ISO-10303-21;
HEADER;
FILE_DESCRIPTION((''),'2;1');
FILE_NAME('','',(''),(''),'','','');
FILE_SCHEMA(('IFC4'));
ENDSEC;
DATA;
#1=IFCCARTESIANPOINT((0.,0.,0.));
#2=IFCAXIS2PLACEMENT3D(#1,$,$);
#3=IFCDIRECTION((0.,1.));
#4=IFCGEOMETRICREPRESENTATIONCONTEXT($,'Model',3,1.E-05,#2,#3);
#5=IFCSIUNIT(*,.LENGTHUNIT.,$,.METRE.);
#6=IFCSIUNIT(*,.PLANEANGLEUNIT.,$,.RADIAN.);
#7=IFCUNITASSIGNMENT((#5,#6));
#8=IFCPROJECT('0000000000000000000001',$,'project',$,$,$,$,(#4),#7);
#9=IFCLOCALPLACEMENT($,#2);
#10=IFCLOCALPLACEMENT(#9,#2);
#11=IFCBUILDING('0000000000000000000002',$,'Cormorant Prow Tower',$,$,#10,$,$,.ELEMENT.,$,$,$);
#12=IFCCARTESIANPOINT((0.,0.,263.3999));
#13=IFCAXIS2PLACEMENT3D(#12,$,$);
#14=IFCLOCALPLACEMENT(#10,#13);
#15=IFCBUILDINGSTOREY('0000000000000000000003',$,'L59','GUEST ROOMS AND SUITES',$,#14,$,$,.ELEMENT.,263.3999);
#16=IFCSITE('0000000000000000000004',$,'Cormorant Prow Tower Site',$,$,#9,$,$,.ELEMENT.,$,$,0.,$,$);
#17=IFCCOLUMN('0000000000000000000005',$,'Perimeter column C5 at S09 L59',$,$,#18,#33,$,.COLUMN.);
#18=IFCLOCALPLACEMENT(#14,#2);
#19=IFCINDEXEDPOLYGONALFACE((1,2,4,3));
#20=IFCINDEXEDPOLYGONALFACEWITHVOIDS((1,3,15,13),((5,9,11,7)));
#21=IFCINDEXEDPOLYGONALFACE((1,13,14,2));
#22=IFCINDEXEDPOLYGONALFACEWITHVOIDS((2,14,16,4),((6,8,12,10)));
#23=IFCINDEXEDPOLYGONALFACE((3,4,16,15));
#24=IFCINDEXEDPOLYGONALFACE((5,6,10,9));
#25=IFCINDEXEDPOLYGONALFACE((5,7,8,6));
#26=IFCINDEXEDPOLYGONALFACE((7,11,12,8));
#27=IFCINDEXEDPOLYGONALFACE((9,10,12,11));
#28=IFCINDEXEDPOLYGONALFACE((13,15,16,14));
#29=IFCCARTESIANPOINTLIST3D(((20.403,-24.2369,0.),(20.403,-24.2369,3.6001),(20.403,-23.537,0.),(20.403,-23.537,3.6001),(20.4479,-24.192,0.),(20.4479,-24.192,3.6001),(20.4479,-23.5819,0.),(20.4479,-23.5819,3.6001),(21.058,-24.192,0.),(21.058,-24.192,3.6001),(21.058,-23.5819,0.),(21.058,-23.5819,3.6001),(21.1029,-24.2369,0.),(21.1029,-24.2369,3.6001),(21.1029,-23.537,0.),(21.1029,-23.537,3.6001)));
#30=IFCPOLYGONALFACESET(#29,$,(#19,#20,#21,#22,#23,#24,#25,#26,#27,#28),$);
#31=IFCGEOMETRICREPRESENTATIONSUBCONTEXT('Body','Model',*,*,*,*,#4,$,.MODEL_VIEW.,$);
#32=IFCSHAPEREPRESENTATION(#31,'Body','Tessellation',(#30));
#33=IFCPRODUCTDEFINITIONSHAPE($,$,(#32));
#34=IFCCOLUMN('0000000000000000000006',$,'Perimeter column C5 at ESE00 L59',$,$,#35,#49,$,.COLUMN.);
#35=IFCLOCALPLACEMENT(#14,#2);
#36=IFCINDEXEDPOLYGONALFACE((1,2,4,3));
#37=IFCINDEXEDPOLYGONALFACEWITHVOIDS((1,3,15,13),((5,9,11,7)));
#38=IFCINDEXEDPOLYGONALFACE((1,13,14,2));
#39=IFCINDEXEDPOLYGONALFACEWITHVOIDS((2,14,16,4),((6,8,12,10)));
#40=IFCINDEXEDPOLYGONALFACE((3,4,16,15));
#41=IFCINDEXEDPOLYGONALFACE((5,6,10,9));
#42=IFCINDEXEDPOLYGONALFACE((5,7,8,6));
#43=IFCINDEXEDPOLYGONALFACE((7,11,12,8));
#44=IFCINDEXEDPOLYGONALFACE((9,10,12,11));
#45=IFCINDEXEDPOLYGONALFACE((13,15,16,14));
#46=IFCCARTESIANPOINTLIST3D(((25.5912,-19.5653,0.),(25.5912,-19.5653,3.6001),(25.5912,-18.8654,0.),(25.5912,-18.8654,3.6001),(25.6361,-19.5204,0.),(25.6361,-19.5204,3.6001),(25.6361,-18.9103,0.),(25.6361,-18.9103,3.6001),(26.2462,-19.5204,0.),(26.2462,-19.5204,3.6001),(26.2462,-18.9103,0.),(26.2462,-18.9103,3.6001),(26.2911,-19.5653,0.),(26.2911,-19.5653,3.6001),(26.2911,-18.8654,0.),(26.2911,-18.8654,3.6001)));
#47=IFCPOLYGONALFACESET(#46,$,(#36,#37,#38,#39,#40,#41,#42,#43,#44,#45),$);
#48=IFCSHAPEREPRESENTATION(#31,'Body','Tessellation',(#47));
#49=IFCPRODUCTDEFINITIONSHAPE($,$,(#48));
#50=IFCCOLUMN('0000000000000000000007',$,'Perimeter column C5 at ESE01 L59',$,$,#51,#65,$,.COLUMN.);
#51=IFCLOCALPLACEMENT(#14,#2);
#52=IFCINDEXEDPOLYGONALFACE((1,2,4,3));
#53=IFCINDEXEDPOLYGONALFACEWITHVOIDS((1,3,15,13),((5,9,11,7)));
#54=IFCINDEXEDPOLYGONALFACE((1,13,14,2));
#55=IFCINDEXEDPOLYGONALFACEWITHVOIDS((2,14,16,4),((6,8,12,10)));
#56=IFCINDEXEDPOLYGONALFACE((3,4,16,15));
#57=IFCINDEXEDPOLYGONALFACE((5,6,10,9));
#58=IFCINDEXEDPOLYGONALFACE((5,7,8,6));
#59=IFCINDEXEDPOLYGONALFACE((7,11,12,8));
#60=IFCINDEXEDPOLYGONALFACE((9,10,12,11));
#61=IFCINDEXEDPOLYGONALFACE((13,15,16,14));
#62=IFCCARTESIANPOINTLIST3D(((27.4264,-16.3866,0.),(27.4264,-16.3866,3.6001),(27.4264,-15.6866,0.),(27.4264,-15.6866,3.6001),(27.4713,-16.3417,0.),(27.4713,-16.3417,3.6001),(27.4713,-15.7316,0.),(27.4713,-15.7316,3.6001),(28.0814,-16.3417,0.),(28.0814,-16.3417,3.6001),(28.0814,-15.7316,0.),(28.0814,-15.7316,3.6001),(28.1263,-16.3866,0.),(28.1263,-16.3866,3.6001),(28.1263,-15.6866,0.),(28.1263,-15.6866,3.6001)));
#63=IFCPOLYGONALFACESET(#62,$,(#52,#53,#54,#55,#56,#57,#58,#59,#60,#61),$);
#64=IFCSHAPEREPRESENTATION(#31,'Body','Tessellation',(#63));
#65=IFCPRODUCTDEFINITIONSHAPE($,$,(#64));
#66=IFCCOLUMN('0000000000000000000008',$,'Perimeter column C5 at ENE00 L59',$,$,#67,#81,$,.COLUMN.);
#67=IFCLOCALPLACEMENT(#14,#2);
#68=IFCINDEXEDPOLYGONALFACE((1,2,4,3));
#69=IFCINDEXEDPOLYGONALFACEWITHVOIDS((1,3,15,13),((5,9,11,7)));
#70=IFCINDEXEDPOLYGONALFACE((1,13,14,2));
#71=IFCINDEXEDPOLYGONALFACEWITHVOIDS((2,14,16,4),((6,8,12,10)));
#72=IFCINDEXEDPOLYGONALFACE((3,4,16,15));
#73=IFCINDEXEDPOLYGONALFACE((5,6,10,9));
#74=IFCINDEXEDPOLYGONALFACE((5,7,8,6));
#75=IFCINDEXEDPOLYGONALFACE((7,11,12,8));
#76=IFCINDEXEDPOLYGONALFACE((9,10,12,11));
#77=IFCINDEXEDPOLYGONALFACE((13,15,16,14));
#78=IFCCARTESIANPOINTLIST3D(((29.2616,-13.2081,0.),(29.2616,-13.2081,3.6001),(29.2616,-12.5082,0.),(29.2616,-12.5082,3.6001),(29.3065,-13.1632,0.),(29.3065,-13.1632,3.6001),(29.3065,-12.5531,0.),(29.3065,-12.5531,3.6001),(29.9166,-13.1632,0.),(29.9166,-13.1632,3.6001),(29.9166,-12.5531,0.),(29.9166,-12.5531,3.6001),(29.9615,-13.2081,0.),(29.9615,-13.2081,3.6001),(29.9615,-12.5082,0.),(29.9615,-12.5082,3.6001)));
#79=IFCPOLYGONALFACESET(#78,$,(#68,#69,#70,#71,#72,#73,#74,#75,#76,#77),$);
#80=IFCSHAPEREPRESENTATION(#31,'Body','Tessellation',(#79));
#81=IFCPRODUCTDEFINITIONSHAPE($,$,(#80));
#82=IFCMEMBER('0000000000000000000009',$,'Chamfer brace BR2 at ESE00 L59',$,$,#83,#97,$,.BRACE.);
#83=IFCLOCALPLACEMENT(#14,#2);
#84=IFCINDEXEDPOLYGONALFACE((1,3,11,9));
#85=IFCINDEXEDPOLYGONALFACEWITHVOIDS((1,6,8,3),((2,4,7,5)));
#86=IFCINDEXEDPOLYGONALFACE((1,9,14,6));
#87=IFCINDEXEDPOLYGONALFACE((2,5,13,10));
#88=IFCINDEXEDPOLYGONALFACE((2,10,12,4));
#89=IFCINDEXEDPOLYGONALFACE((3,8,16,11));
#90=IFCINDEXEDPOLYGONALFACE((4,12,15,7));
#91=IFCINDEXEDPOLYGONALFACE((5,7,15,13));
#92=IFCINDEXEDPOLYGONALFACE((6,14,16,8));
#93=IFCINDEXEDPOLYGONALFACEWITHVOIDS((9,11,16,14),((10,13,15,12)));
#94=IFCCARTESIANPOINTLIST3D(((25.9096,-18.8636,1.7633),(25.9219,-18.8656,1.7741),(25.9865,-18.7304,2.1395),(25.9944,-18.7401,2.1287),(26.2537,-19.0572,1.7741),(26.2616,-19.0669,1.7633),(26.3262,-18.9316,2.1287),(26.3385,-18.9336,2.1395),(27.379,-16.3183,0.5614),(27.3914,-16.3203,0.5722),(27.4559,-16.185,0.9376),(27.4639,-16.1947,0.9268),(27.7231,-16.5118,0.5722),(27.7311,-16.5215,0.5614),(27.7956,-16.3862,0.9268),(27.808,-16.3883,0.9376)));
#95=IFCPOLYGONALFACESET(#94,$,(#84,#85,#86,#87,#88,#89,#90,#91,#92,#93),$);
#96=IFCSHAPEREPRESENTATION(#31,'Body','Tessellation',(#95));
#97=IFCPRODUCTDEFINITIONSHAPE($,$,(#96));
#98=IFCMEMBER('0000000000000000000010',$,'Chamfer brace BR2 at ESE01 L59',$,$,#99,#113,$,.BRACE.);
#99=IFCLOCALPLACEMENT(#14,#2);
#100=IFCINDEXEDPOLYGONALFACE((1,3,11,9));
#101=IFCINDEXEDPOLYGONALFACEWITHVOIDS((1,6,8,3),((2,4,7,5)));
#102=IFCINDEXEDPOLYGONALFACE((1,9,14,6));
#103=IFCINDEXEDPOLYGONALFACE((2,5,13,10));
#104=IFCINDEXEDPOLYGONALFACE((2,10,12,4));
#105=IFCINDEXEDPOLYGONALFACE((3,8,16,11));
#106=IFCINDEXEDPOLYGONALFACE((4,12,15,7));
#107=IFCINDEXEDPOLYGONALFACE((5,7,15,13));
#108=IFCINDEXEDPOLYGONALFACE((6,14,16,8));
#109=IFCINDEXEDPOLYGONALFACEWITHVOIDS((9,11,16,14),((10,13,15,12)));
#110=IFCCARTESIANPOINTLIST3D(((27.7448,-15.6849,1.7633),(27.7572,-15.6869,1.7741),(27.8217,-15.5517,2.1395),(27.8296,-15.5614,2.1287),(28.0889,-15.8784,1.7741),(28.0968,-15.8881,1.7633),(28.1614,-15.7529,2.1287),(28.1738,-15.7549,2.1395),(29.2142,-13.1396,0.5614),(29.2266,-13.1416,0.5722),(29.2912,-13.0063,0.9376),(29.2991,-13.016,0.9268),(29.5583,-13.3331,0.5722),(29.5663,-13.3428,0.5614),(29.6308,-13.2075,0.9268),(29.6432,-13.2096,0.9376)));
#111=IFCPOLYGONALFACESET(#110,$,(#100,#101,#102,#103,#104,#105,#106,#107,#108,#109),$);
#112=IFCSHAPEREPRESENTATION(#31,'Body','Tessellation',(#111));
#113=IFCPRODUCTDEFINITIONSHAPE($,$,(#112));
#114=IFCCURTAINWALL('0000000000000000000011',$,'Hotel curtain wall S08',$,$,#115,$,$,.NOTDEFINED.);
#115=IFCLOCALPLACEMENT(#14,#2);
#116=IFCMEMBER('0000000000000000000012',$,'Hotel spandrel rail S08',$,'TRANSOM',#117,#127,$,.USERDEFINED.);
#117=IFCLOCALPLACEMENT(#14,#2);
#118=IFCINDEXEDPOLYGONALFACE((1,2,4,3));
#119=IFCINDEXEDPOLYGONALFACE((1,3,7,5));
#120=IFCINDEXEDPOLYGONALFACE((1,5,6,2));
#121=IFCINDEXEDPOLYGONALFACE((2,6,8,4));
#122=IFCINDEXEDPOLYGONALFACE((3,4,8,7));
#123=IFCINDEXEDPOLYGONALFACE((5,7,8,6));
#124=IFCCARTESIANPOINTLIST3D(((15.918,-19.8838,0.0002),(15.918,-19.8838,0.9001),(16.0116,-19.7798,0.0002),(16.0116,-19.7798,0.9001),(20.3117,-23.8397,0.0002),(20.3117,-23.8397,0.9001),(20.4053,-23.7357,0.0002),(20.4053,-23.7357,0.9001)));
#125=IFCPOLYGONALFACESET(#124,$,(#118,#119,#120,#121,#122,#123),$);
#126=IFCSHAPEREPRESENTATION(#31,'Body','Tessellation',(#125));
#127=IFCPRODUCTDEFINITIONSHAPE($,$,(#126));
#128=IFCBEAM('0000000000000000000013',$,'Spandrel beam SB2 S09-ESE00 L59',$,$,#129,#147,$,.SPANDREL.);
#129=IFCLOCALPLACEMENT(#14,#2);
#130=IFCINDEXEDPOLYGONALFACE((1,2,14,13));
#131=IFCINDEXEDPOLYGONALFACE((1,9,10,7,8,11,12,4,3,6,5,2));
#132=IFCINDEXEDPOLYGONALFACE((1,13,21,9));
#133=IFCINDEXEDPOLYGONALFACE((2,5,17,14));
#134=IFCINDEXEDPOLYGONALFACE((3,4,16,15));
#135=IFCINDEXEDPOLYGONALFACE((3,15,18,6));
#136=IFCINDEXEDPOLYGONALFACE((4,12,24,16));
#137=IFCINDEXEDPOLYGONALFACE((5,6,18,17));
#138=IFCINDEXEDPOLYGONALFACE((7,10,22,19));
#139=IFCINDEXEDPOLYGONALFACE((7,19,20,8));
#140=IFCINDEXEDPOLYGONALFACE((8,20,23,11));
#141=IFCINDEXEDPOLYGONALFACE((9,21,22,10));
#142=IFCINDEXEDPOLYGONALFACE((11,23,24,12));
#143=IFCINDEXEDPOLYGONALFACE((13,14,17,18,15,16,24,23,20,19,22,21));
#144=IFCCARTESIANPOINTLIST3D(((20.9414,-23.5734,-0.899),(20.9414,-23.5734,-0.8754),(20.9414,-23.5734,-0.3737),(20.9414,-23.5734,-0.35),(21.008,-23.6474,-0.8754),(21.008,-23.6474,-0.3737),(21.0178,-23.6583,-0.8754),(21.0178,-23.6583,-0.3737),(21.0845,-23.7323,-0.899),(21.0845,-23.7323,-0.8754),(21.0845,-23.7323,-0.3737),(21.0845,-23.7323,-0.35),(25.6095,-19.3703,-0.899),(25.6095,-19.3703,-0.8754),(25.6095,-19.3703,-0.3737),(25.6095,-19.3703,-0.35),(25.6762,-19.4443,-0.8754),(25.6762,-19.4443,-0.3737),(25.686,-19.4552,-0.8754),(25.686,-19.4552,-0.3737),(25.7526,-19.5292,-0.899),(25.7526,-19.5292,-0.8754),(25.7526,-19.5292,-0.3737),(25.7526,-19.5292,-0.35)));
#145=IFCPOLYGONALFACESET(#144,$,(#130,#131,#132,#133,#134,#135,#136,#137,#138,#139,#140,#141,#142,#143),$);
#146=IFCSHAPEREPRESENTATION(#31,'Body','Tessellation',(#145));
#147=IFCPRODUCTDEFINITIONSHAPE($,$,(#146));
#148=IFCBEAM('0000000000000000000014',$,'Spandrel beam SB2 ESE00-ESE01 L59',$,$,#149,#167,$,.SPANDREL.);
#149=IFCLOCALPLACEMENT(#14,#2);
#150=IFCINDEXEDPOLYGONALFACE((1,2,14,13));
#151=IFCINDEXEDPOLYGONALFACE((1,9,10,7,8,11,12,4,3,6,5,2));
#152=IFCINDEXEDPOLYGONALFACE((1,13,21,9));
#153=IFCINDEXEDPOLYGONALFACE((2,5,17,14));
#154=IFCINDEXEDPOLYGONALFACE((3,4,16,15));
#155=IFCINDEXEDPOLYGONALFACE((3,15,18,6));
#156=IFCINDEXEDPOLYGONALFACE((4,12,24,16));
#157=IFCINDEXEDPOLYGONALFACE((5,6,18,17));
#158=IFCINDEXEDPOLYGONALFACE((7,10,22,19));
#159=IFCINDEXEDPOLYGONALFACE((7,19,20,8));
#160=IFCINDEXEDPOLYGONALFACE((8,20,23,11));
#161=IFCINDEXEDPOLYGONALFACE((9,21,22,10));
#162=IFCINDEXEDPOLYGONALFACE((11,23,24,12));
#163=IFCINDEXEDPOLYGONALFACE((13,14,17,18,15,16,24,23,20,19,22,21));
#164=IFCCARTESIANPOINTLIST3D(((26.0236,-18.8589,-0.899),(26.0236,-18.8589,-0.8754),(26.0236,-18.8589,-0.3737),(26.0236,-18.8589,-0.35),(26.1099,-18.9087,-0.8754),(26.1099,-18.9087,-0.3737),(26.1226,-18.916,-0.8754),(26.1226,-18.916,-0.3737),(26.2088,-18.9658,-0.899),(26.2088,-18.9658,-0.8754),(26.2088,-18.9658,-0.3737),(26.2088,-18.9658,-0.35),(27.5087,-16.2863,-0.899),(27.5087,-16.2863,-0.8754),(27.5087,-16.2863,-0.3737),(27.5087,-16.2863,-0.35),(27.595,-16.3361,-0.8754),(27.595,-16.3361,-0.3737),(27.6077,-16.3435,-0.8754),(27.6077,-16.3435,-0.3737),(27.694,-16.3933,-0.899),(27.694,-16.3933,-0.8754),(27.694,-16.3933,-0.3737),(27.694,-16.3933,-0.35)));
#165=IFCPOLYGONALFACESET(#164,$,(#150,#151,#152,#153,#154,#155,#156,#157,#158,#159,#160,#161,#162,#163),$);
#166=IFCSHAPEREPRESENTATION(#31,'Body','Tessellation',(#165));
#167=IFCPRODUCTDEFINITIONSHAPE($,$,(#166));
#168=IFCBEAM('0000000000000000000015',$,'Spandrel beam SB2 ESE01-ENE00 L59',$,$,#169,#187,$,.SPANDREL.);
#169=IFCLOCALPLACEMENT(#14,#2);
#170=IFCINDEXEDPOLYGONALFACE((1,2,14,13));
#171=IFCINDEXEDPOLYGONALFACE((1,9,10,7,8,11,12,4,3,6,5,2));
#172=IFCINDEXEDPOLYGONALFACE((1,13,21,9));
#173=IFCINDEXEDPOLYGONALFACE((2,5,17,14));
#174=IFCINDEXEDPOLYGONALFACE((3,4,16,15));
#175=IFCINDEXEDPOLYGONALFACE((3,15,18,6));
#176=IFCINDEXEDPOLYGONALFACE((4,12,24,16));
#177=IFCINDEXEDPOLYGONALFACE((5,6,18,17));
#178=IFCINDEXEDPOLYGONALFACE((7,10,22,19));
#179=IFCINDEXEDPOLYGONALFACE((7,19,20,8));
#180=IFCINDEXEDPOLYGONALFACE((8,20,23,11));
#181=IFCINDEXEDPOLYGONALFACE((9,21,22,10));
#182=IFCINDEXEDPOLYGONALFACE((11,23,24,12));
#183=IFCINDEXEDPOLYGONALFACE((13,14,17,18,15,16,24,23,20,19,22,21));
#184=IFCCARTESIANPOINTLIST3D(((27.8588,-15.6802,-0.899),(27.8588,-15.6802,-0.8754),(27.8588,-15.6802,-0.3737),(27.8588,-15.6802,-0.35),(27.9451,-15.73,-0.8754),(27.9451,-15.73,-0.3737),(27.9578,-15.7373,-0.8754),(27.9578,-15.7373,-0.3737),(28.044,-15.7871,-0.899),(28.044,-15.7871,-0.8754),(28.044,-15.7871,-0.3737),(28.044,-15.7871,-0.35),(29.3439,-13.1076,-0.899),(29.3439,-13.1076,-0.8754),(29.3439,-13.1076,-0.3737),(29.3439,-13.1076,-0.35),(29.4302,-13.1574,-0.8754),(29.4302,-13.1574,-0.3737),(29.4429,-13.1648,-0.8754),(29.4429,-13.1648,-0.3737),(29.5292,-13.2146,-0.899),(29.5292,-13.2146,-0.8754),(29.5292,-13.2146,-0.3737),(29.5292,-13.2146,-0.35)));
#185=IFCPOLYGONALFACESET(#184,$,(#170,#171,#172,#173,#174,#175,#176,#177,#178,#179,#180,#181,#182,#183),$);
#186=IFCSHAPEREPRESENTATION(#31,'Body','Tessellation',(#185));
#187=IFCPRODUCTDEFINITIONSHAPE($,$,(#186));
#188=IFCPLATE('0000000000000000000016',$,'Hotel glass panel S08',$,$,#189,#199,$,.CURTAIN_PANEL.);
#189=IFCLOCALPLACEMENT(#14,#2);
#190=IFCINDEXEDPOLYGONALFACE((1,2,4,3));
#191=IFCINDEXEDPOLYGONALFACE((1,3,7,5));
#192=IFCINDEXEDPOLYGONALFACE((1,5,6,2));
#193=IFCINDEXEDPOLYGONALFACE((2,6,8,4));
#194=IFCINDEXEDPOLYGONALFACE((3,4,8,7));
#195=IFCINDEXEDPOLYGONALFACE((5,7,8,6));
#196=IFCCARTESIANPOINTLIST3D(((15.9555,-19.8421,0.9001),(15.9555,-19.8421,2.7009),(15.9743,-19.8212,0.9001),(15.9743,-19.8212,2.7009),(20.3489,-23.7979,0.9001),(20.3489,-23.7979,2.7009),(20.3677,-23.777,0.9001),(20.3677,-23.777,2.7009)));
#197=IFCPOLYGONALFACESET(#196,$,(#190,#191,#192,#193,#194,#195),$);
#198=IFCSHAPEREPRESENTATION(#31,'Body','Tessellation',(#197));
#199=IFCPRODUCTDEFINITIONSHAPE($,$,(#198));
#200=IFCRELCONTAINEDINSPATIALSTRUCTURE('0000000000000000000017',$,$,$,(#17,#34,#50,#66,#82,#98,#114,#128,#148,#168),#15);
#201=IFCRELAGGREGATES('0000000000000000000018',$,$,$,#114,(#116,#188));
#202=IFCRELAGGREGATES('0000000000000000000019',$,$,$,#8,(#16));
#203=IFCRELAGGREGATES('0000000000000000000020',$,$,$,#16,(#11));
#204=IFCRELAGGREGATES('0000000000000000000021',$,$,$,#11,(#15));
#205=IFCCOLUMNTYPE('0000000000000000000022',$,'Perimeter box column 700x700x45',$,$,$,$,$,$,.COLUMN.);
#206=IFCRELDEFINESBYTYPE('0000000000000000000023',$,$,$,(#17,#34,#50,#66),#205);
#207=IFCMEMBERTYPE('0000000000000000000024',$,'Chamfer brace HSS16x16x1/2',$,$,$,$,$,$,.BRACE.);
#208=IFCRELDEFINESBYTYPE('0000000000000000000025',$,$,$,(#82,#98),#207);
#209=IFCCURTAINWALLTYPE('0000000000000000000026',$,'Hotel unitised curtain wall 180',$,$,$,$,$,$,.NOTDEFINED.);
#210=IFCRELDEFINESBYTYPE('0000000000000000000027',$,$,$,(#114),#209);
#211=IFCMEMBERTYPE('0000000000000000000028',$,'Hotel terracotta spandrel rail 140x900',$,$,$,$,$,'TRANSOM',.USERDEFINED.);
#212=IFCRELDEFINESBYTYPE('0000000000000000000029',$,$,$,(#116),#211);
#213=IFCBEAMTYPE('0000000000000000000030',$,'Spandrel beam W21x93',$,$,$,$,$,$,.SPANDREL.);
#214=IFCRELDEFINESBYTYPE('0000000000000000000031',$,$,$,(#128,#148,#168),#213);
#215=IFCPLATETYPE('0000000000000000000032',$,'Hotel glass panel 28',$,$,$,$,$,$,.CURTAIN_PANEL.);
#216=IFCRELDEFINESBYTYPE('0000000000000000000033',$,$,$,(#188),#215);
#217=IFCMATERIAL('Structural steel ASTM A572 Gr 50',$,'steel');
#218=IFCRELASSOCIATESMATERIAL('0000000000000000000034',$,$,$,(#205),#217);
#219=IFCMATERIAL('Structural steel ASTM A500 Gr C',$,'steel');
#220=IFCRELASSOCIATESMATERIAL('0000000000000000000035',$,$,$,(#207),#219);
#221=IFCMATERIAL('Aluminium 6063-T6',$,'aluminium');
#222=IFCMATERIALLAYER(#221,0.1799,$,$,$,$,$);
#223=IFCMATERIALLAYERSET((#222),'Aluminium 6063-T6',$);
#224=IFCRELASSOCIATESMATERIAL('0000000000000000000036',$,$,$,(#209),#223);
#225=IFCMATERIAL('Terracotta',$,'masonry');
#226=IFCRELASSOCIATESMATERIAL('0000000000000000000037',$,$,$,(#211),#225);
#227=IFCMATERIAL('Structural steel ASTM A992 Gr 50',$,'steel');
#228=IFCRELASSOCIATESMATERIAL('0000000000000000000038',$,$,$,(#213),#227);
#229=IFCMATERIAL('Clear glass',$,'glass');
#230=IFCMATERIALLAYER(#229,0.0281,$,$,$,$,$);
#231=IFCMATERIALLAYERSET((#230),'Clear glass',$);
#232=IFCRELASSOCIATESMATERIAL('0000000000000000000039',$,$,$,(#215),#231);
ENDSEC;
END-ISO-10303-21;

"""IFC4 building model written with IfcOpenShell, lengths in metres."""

from ifc_helpers import new_model, si_unit, direction, frame, origin, origin_2d, place, context, subcontext, project, spatial, rectangle, hollow_rectangle, i_section, extrude, material, layer, layer_set, material_profile, profile_set, type_object, element, aggregate, save


model = new_model("IFC4")

# Units and contexts
model_context = context("Model", 3, precision=1e-05, world=origin(), true_north=direction((0.0, 1.0)))
body_context = subcontext(model_context, "Body", "Model", "MODEL_VIEW")
ifc_project = project(units=[si_unit("LENGTHUNIT", "METRE"), si_unit("PLANEANGLEUNIT", "RADIAN")], contexts=[model_context])

# Site, building, storey
site_placement = place(None, origin())
site = spatial("IfcSite", under=ifc_project, at=site_placement, Name="Cormorant Prow Tower Site", CompositionType="ELEMENT", RefElevation=0.0)
building_placement = place(site_placement, origin())
building = spatial("IfcBuilding", under=site, at=building_placement, Name="Cormorant Prow Tower", CompositionType="ELEMENT")
storey_placement = place(building_placement, frame((0.0, 0.0, 263.3999)))
storey = spatial("IfcBuildingStorey", under=building, at=storey_placement, Name="L59", Description="GUEST ROOMS AND SUITES", CompositionType="ELEMENT", Elevation=263.3999)

# Columns
ifc_material_1 = material(Name="Structural steel ASTM A572 Gr 50", Category="steel")
ifc_material_profile_1 = material_profile(ifc_material_1, hollow_rectangle(XDim=0.7, YDim=0.7, WallThickness=0.0449, at=origin_2d()), Name="Box 700x700x45")
ifc_profile_set_1 = profile_set([ifc_material_profile_1], Name="Structural steel ASTM A572 Gr 50")
column_type = type_object("IfcColumnType", Name="Perimeter box column 700x700x45", PredefinedType="COLUMN", material=ifc_profile_set_1)
for number, where, z_axis, x_axis, name in (
    (1, (20.7529, -23.887, 0.0), (0.0, 0.0, 1.0), (1.0, 0.0, 0.0), "Perimeter column C5 at S09 L59"),
    (2, (25.9412, -19.2153, 0.0), (0.0, 0.0, 1.0), (1.0, 0.0, 0.0), "Perimeter column C5 at ESE00 L59"),
    (3, (27.7764, -16.0366, 0.0), (0.0, 0.0, 1.0), (1.0, 0.0, 0.0), "Perimeter column C5 at ESE01 L59"),
    (4, (29.6116, -12.8582, 0.0), (0.0, 0.0, 1.0), (1.0, 0.0, 0.0), "Perimeter column C5 at ENE00 L59"),
):
    element("IfcColumn", number, at=place(storey_placement, frame(where, z_axis=z_axis, x_axis=x_axis)), inside=storey, type_object=column_type, Name=name, PredefinedType="COLUMN", context=body_context, shape_type="SweptSolid", body=[
        extrude(hollow_rectangle(XDim=0.7, YDim=0.7, WallThickness=0.0449, at=origin_2d()), origin(), (0.0, 0.0, 1.0), 3.6001),
    ])

# Members
ifc_material_2 = material(Name="Structural steel ASTM A500 Gr C", Category="steel")
ifc_material_profile_2 = material_profile(ifc_material_2, hollow_rectangle(XDim=0.4065, YDim=0.4065, WallThickness=0.0117, at=origin_2d()), Name="HSS16x16x1/2")
ifc_profile_set_2 = profile_set([ifc_material_profile_2], Name="Structural steel ASTM A500 Gr C")
member_type_1 = type_object("IfcMemberType", Name="Chamfer brace HSS16x16x1/2", PredefinedType="BRACE", material=ifc_profile_set_2)
for number, where, z_axis, x_axis, name in (
    (5, (27.5935, -16.3533, 0.7495), (-0.462773, -0.801607, 0.378507), (0.866042, -0.499972, 0.0), "Chamfer brace BR2 at ESE00 L59"),
    (6, (29.4287, -13.1746, 0.7495), (-0.462773, -0.801607, 0.378507), (0.866042, -0.499972, 0.0), "Chamfer brace BR2 at ESE01 L59"),
):
    element("IfcMember", number, at=place(storey_placement, frame(where, z_axis=z_axis, x_axis=x_axis)), inside=storey, type_object=member_type_1, Name=name, PredefinedType="BRACE", context=body_context, shape_type="SweptSolid", body=[
        extrude(hollow_rectangle(XDim=0.4065, YDim=0.4065, WallThickness=0.0117, at=origin_2d()), origin(), (0.0, 0.0, 1.0), 3.1753),
    ])

# Curtain wall, member
ifc_material_3 = material(Name="Aluminium 6063-T6", Category="aluminium")
ifc_layer_1 = layer(ifc_material_3, 0.1799)
ifc_layer_set_1 = layer_set([ifc_layer_1], Name="Aluminium 6063-T6")
curtain_wall_type = type_object("IfcCurtainWallType", Name="Hotel unitised curtain wall 180", PredefinedType="NOTDEFINED", material=ifc_layer_set_1)
curtain_wall_placement = place(storey_placement, origin())
curtain_wall = element("IfcCurtainWall", 7, at=curtain_wall_placement, inside=storey, type_object=curtain_wall_type, Name="Hotel curtain wall S08", PredefinedType="NOTDEFINED")
ifc_material_4 = material(Name="Terracotta", Category="masonry")
ifc_material_profile_3 = material_profile(ifc_material_4, rectangle(XDim=0.1399, YDim=0.8999, at=origin_2d()), Name="Hotel terracotta spandrel rail 140x900")
ifc_profile_set_3 = profile_set([ifc_material_profile_3], Name="Terracotta")
member_type_2 = type_object("IfcMemberType", Name="Hotel terracotta spandrel rail 140x900", ElementType="TRANSOM", PredefinedType="USERDEFINED", material=ifc_profile_set_3)
member_placement = place(storey_placement, frame((15.9648, -19.8318, 0.4502), z_axis=(0.743159, -0.669115, 0.0), x_axis=(0.669115, 0.743159, 0.0)))
member = element("IfcMember", 8, at=member_placement, type_object=member_type_2, Name="Hotel spandrel rail S08", ObjectType="TRANSOM", PredefinedType="USERDEFINED", context=body_context, shape_type="SweptSolid", body=[
    extrude(rectangle(XDim=0.1399, YDim=0.8999, at=origin_2d()), origin(), (0.0, 0.0, 1.0), 5.9121),
])

# Beams
ifc_material_5 = material(Name="Structural steel ASTM A992 Gr 50", Category="steel")
ifc_material_profile_4 = material_profile(ifc_material_5, i_section(OverallWidth=0.2139, OverallDepth=0.5491, WebThickness=0.0146, FlangeThickness=0.0237, at=origin_2d()), Name="W21x93")
ifc_profile_set_4 = profile_set([ifc_material_profile_4], Name="Structural steel ASTM A992 Gr 50")
beam_type = type_object("IfcBeamType", Name="Spandrel beam W21x93", PredefinedType="SPANDREL", material=ifc_profile_set_4)
beam_placement = place(storey_placement, frame((21.0129, -23.6528, -0.6245), z_axis=(0.743157, 0.669117, 0.0), x_axis=(-0.669117, 0.743157, 0.0)))
element("IfcBeam", 9, at=beam_placement, inside=storey, type_object=beam_type, Name="Spandrel beam SB2 S09-ESE00 L59", PredefinedType="SPANDREL", context=body_context, shape_type="SweptSolid", body=[
    extrude(i_section(OverallWidth=0.2139, OverallDepth=0.5491, WebThickness=0.0146, FlangeThickness=0.0237, at=origin_2d()), origin(), (0.0, 0.0, 1.0), 6.2815),
])
for number, where, z_axis, x_axis, name in (
    (10, (26.1162, -18.9124, -0.6245), (0.499967, 0.866045, 0.0), (-0.866045, 0.499967, 0.0), "Spandrel beam SB2 ESE00-ESE01 L59"),
    (11, (27.9514, -15.7336, -0.6245), (0.499967, 0.866045, 0.0), (-0.866045, 0.499967, 0.0), "Spandrel beam SB2 ESE01-ENE00 L59"),
):
    element("IfcBeam", number, at=place(storey_placement, frame(where, z_axis=z_axis, x_axis=x_axis)), inside=storey, type_object=beam_type, Name=name, PredefinedType="SPANDREL", context=body_context, shape_type="SweptSolid", body=[
        extrude(i_section(OverallWidth=0.2139, OverallDepth=0.5491, WebThickness=0.0146, FlangeThickness=0.0237, at=origin_2d()), origin(), (0.0, 0.0, 1.0), 2.9705),
    ])

# Plate
ifc_material_6 = material(Name="Clear glass", Category="glass")
ifc_layer_2 = layer(ifc_material_6, 0.0281)
ifc_layer_set_2 = layer_set([ifc_layer_2], Name="Clear glass")
plate_type = type_object("IfcPlateType", Name="Hotel glass panel 28", PredefinedType="CURTAIN_PANEL", material=ifc_layer_set_2)
plate_placement = place(storey_placement, frame((18.1616, -21.8096, 0.9001), z_axis=(0.0, 0.0, 1.0), x_axis=(0.743145, -0.669131, 0.0)))
plate = element("IfcPlate", 12, at=plate_placement, type_object=plate_type, Name="Hotel glass panel S08", PredefinedType="CURTAIN_PANEL", context=body_context, shape_type="SweptSolid", body=[
    extrude(rectangle(XDim=5.9119, YDim=0.0281, at=origin_2d()), origin(), (0.0, 0.0, 1.0), 1.8008),
])
aggregate(curtain_wall, [member, plate])

save(model, "model.ifc")
